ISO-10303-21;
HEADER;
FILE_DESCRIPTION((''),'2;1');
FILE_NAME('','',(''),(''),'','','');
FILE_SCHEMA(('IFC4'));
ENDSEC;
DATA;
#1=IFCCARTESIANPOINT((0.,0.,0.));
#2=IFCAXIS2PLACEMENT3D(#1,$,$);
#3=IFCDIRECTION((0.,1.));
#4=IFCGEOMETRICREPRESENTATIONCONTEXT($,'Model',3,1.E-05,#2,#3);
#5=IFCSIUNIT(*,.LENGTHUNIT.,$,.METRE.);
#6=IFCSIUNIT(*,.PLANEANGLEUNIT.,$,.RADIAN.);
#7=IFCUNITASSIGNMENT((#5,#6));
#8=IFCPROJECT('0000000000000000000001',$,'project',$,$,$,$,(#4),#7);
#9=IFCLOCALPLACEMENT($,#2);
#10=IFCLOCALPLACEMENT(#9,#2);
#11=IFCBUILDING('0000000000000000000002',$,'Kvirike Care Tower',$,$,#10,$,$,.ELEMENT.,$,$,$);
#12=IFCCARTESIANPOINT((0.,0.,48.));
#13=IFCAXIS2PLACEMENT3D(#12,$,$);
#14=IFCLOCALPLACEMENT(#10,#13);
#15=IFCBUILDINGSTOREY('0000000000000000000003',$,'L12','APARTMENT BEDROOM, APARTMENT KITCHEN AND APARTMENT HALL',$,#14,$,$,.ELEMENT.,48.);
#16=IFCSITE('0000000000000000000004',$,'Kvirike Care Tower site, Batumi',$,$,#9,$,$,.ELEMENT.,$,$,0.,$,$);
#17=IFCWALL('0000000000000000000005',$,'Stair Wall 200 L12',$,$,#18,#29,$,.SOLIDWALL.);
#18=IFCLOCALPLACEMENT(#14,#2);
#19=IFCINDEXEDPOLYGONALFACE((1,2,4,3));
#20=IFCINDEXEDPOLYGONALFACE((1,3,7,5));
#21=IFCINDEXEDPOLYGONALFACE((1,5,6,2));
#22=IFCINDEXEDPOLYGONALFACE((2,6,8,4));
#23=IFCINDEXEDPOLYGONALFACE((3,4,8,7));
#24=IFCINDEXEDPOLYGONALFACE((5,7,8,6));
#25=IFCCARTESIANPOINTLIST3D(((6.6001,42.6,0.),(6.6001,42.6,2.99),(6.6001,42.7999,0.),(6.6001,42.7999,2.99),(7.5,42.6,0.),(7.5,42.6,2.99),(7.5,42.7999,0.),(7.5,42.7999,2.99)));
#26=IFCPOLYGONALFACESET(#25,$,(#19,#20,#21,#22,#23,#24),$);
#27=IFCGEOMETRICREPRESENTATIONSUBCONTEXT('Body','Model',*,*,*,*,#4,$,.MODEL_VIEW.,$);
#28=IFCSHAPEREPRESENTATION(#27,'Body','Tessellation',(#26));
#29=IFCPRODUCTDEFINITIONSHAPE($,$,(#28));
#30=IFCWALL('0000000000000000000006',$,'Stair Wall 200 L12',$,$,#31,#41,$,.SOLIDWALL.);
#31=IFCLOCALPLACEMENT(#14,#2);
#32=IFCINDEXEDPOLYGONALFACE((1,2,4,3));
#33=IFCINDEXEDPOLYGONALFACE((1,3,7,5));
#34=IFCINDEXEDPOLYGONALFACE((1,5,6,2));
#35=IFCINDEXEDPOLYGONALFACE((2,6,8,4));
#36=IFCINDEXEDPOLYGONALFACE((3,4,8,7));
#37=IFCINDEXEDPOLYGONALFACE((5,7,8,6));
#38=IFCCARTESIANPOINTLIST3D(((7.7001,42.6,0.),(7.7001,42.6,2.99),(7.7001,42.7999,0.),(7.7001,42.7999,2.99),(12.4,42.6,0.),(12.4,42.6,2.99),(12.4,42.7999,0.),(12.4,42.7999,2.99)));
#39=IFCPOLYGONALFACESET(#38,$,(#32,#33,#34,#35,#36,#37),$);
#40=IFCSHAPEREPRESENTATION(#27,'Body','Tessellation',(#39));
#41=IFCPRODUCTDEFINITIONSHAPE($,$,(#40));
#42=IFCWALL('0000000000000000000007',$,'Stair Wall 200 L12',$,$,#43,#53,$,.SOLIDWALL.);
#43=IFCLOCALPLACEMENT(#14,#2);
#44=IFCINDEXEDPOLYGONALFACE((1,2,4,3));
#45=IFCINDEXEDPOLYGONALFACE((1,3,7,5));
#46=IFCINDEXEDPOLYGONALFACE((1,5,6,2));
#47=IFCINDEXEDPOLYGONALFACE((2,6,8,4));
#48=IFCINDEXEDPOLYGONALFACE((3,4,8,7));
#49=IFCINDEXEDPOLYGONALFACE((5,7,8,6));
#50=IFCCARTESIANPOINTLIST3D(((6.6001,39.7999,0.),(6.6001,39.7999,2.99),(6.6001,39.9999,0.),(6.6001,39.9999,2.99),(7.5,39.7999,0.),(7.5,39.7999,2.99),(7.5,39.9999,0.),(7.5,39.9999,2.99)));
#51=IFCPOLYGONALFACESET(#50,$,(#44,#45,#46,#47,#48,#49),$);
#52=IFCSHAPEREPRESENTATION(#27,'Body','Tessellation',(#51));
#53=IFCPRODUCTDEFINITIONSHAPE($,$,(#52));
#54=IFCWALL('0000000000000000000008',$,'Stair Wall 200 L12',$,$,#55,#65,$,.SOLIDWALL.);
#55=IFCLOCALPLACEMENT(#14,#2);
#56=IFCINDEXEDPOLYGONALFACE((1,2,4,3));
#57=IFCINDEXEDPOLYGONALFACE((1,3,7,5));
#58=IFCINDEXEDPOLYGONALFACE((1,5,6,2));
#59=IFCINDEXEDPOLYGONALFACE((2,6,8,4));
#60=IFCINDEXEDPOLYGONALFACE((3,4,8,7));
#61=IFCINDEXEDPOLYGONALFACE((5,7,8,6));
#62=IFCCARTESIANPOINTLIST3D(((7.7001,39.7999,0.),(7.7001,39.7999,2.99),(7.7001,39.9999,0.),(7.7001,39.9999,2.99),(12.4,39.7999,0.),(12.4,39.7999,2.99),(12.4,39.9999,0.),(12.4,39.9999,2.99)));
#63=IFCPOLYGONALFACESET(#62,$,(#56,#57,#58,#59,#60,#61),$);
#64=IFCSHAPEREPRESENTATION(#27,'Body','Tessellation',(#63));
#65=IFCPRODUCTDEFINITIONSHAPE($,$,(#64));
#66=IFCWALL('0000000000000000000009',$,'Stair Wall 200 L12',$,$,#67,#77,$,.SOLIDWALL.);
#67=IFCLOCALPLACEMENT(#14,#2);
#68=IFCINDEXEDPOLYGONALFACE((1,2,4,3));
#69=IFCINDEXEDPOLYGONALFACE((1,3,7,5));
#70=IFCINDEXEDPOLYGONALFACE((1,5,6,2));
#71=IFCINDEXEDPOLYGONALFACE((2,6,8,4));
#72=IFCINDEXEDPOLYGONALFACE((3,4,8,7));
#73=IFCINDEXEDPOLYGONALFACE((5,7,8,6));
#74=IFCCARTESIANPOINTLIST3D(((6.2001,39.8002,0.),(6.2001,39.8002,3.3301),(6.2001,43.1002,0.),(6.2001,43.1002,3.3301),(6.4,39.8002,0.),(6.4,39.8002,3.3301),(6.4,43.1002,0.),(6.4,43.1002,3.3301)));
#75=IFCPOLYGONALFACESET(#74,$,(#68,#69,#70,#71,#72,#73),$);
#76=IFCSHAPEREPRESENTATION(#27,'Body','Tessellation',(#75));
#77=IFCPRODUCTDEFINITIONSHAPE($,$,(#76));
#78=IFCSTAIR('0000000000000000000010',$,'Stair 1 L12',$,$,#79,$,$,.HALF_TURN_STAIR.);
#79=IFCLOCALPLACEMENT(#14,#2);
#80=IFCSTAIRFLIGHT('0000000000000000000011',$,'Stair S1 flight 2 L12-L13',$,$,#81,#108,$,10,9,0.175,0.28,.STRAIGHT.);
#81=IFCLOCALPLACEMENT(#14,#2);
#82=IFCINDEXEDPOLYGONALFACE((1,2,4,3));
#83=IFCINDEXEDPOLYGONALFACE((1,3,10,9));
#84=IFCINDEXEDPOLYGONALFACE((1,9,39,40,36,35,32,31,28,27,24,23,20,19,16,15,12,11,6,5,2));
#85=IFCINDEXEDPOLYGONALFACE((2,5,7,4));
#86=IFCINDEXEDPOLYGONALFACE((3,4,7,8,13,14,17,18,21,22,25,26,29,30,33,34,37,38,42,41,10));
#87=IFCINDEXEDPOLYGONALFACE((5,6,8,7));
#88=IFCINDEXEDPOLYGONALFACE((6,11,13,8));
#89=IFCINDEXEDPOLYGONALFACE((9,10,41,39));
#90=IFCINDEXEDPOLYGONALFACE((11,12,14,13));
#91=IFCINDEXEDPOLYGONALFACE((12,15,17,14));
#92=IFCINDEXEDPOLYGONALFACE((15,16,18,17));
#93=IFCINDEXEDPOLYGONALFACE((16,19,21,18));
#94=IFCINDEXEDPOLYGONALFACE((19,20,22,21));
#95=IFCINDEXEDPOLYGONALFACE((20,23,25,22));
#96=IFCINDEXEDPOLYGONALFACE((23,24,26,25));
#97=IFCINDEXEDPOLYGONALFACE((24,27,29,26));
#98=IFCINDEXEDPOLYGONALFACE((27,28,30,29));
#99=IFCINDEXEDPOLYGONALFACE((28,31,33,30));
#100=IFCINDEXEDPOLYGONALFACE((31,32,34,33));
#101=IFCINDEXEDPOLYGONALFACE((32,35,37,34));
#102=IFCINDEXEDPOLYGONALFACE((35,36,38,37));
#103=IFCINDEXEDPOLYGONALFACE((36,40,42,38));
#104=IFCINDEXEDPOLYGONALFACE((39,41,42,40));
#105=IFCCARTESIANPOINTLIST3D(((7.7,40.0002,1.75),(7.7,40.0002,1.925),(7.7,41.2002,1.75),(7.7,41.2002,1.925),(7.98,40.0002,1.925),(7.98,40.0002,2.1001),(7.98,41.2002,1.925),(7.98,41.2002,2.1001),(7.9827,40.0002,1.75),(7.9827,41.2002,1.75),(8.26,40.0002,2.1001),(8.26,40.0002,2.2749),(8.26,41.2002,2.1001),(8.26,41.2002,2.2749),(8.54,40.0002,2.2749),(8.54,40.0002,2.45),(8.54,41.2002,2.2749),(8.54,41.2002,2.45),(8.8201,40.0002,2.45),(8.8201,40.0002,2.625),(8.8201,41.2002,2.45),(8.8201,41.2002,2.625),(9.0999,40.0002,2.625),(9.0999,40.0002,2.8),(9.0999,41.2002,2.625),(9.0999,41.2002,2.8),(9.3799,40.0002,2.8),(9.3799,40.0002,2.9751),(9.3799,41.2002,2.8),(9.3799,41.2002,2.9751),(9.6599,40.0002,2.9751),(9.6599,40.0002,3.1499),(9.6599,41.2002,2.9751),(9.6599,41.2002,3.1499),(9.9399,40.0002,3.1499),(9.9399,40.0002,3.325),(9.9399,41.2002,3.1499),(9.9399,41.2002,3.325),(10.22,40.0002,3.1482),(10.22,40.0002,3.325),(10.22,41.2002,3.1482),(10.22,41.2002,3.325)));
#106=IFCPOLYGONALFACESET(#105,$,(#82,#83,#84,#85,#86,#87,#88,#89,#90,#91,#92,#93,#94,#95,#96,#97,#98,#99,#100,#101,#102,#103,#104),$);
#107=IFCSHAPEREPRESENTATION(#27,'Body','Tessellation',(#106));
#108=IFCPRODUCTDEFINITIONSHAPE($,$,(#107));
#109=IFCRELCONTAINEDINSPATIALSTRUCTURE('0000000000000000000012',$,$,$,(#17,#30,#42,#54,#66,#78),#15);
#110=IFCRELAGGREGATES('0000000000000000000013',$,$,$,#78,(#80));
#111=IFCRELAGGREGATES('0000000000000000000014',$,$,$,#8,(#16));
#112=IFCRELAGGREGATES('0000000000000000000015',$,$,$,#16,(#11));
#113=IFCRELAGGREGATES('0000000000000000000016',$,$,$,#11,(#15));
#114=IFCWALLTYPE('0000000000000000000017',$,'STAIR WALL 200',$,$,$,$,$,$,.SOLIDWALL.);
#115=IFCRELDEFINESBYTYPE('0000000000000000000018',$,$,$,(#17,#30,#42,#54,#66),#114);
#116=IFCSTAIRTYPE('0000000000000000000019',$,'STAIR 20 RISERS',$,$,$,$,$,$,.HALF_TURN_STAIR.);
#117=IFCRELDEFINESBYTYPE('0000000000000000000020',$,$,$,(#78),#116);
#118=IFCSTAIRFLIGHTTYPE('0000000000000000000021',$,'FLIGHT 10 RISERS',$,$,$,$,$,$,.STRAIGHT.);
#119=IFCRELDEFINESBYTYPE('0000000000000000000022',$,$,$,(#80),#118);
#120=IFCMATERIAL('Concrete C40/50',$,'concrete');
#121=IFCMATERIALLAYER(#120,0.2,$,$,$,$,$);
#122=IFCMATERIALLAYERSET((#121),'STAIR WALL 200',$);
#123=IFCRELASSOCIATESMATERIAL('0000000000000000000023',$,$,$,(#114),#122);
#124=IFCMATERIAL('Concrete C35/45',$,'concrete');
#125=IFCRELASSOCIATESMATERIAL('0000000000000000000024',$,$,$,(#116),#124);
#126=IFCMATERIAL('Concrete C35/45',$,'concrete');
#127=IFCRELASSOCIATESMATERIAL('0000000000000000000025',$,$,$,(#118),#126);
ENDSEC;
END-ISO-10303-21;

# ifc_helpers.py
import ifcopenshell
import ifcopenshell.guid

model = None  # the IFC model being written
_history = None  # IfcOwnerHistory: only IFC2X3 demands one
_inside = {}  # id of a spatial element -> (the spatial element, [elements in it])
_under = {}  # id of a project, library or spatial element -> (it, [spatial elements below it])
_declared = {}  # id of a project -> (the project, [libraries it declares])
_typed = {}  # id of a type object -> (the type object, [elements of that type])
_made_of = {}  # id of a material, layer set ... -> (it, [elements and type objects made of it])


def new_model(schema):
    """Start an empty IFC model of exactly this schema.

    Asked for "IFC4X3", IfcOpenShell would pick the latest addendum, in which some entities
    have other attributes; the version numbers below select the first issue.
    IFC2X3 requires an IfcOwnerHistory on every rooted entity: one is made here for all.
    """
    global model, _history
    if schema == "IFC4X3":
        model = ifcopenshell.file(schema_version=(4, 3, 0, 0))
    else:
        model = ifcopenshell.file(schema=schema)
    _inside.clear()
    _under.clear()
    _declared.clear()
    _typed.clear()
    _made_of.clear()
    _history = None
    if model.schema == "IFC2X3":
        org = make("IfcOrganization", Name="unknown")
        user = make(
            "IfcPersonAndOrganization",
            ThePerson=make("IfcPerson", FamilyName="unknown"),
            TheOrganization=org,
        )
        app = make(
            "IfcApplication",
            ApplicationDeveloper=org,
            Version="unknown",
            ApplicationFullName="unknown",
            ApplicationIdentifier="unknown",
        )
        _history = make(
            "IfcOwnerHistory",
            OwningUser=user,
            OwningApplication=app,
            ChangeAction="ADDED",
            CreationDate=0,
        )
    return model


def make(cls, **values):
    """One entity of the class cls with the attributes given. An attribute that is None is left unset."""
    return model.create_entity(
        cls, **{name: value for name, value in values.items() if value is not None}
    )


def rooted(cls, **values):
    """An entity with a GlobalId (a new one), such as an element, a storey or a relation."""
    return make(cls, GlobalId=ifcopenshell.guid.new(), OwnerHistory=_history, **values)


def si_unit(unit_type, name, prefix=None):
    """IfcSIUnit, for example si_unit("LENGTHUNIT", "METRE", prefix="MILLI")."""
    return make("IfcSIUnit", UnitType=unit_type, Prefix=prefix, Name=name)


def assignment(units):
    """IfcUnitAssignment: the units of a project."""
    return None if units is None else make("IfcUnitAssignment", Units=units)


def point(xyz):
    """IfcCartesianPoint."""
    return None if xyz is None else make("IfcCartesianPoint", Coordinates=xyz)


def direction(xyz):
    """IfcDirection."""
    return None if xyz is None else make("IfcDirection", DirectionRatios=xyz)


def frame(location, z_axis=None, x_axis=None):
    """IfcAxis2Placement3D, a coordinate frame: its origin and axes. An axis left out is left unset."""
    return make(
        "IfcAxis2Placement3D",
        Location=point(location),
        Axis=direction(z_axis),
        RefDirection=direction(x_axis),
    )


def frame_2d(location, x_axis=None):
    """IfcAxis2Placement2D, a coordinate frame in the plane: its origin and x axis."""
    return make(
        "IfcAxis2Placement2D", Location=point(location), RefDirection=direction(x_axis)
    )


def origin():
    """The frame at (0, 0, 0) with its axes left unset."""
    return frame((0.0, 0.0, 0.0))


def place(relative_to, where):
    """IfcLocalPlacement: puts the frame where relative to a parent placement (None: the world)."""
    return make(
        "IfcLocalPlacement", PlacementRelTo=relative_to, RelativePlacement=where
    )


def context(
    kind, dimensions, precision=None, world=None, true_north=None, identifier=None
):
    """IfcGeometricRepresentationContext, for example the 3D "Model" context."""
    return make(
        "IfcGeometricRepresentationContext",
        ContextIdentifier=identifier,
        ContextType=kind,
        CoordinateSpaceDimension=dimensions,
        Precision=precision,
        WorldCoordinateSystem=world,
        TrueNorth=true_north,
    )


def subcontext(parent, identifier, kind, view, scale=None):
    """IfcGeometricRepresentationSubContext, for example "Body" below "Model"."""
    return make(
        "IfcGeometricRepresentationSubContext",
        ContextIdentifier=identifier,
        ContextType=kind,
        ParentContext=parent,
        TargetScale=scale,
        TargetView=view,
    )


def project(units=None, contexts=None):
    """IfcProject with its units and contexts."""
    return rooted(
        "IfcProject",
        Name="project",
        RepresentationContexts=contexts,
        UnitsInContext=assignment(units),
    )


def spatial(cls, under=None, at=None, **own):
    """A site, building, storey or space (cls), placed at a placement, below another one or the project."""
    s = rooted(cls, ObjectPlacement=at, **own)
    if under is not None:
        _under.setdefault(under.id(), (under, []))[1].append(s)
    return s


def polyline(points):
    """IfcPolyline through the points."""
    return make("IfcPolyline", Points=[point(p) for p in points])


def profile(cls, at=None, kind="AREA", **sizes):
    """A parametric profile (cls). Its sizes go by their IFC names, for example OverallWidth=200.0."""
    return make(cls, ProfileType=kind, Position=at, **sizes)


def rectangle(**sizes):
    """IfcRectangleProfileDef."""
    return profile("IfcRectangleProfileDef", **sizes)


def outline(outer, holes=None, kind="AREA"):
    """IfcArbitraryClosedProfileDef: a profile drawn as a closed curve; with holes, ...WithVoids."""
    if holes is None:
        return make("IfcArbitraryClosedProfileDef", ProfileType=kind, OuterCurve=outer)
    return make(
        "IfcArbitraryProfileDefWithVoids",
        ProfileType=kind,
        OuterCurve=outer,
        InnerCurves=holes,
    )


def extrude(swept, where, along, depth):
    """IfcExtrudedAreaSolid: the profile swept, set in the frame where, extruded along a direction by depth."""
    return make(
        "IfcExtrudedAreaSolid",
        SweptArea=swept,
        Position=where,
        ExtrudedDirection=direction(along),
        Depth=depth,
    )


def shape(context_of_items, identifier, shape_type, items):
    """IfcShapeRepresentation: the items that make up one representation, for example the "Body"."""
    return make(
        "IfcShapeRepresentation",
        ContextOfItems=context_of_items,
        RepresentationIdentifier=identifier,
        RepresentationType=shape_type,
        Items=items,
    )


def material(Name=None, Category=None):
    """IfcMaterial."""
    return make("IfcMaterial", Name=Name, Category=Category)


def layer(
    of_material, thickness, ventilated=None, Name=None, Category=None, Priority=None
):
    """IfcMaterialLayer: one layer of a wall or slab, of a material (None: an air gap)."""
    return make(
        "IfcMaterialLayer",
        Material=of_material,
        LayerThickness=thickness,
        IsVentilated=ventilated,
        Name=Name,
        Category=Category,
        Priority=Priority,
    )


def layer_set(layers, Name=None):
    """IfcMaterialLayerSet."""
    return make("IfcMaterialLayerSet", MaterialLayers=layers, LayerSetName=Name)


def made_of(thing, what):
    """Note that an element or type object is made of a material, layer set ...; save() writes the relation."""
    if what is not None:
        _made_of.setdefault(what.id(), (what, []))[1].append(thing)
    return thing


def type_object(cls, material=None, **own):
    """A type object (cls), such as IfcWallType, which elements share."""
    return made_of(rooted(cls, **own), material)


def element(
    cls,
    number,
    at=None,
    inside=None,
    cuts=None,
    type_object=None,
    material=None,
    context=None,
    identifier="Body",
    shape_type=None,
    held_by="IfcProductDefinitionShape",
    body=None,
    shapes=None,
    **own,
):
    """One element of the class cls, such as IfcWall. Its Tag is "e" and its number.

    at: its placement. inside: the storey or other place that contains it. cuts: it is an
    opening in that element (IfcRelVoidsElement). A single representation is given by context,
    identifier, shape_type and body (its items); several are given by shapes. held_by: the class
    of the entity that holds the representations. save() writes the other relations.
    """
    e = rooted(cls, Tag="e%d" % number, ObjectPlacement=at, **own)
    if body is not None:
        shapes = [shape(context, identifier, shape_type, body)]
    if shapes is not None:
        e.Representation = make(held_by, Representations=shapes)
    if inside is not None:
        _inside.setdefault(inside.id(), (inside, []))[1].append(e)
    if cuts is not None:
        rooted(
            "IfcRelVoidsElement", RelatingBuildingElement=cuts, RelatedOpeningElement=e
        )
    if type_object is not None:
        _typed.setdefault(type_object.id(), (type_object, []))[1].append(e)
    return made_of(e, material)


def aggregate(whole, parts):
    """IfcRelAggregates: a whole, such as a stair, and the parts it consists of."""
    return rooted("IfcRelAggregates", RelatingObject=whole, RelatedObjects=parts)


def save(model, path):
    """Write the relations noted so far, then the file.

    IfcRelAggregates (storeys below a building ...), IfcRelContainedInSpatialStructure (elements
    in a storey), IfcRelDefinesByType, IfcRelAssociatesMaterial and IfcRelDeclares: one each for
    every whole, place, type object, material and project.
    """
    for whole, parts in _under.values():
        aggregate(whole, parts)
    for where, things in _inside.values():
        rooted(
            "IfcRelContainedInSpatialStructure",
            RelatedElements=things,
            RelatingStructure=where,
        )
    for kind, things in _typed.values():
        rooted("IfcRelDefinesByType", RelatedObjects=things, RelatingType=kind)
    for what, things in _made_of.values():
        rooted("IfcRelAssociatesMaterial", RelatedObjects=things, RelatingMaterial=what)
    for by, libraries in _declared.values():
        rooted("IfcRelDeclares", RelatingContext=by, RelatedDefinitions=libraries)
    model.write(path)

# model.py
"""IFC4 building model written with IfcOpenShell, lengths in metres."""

from ifc_helpers import new_model, si_unit, direction, frame, frame_2d, origin, place, context, subcontext, project, spatial, polyline, rectangle, outline, extrude, material, layer, layer_set, type_object, element, aggregate, save


model = new_model("IFC4")

# Units and contexts
model_context = context("Model", 3, precision=1e-05, world=origin(), true_north=direction((0.0, 1.0)))
body_context = subcontext(model_context, "Body", "Model", "MODEL_VIEW")
ifc_project = project(units=[si_unit("LENGTHUNIT", "METRE"), si_unit("PLANEANGLEUNIT", "RADIAN")], contexts=[model_context])

# Site, building, storey
site_placement = place(None, origin())
site = spatial("IfcSite", under=ifc_project, at=site_placement, Name="Kvirike Care Tower site, Batumi", CompositionType="ELEMENT", RefElevation=0.0)
building_placement = place(site_placement, origin())
building = spatial("IfcBuilding", under=site, at=building_placement, Name="Kvirike Care Tower", CompositionType="ELEMENT")
storey_placement = place(building_placement, frame((0.0, 0.0, 48.0)))
storey = spatial("IfcBuildingStorey", under=building, at=storey_placement, Name="L12", Description="APARTMENT BEDROOM, APARTMENT KITCHEN AND APARTMENT HALL", CompositionType="ELEMENT", Elevation=48.0)

# Walls
ifc_material_1 = material(Name="Concrete C40/50", Category="concrete")
ifc_layer_1 = layer(ifc_material_1, 0.2)
ifc_layer_set_1 = layer_set([ifc_layer_1], Name="STAIR WALL 200")
wall_type_1 = type_object("IfcWallType", Name="STAIR WALL 200", PredefinedType="SOLIDWALL", material=ifc_layer_set_1)
wall_1_placement = place(storey_placement, frame((6.6001, 42.7, 0.0), z_axis=(0.0, 0.0, 1.0), x_axis=(1.0, 0.0, 0.0)))
element("IfcWall", 1, at=wall_1_placement, inside=storey, type_object=wall_type_1, Name="Stair Wall 200 L12", PredefinedType="SOLIDWALL", context=body_context, shape_type="SweptSolid", body=[
    extrude(rectangle(XDim=0.8999, YDim=0.2, at=frame_2d((0.45, 0.0))), origin(), (0.0, 0.0, 1.0), 2.99),
])
wall_2_placement = place(storey_placement, frame((7.7, 42.7, 0.0), z_axis=(0.0, 0.0, 1.0), x_axis=(1.0, 0.0, 0.0)))
element("IfcWall", 2, at=wall_2_placement, inside=storey, type_object=wall_type_1, Name="Stair Wall 200 L12", PredefinedType="SOLIDWALL", context=body_context, shape_type="SweptSolid", body=[
    extrude(rectangle(XDim=4.7, YDim=0.2, at=frame_2d((2.3501, 0.0))), origin(), (0.0, 0.0, 1.0), 2.99),
])
wall_3_placement = place(storey_placement, frame((6.6001, 39.8999, 0.0), z_axis=(0.0, 0.0, 1.0), x_axis=(1.0, 0.0, 0.0)))
element("IfcWall", 3, at=wall_3_placement, inside=storey, type_object=wall_type_1, Name="Stair Wall 200 L12", PredefinedType="SOLIDWALL", context=body_context, shape_type="SweptSolid", body=[
    extrude(rectangle(XDim=0.8999, YDim=0.2, at=frame_2d((0.45, 0.0))), origin(), (0.0, 0.0, 1.0), 2.99),
])
wall_4_placement = place(storey_placement, frame((7.7, 39.8999, 0.0), z_axis=(0.0, 0.0, 1.0), x_axis=(1.0, 0.0, 0.0)))
element("IfcWall", 4, at=wall_4_placement, inside=storey, type_object=wall_type_1, Name="Stair Wall 200 L12", PredefinedType="SOLIDWALL", context=body_context, shape_type="SweptSolid", body=[
    extrude(rectangle(XDim=4.7, YDim=0.2, at=frame_2d((2.3501, 0.0))), origin(), (0.0, 0.0, 1.0), 2.99),
])
wall_5_placement = place(storey_placement, frame((6.3, 43.1001, 0.0), z_axis=(0.0, 0.0, 1.0), x_axis=(0.0, -1.0, 0.0)))
element("IfcWall", 5, at=wall_5_placement, inside=storey, type_object=wall_type_1, Name="Stair Wall 200 L12", PredefinedType="SOLIDWALL", context=body_context, shape_type="SweptSolid", body=[
    extrude(rectangle(XDim=3.3, YDim=0.2, at=frame_2d((1.6499, 0.0))), origin(), (0.0, 0.0, 1.0), 3.3301),
])

# Stair, stair flight
ifc_material_2 = material(Name="Concrete C35/45", Category="concrete")
stair_type = type_object("IfcStairType", Name="STAIR 20 RISERS", PredefinedType="HALF_TURN_STAIR", material=ifc_material_2)
stair_placement = place(storey_placement, origin())
stair = element("IfcStair", 6, at=stair_placement, inside=storey, type_object=stair_type, Name="Stair 1 L12", PredefinedType="HALF_TURN_STAIR")
ifc_material_3 = material(Name="Concrete C35/45", Category="concrete")
stair_flight_type = type_object("IfcStairFlightType", Name="FLIGHT 10 RISERS", PredefinedType="STRAIGHT", material=ifc_material_3)
stair_flight_placement = place(storey_placement, frame((7.7, 40.6001, 1.75), z_axis=(0.0, 0.0, 1.0), x_axis=(1.0, 0.0, 0.0)))
stair_flight = element("IfcStairFlight", 7, at=stair_flight_placement, type_object=stair_flight_type, Name="Stair S1 flight 2 L12-L13", NumberOfRisers=10, NumberOfTreads=9, PredefinedType="STRAIGHT", RiserHeight=0.175, TreadLength=0.28, context=body_context, shape_type="SweptSolid", body=[
    extrude(outline(polyline([(0.0, 0.0), (0.0, 0.175), (0.28, 0.175), (0.28, 0.3501), (0.5601, 0.3501), (0.5601, 0.5249), (0.8401, 0.5249), (0.8401, 0.7), (1.1201, 0.7), (1.1201, 0.875), (1.3999, 0.875), (1.3999, 1.05), (1.6799, 1.05), (1.6799, 1.2251), (1.96, 1.2251), (1.96, 1.3999), (2.24, 1.3999), (2.24, 1.575), (2.52, 1.575), (2.52, 1.75), (2.52, 1.3982), (0.2827, 0.0), (0.0, 0.0)])), frame((0.0, 0.6001, 0.0), z_axis=(0.0, -1.0, 0.0), x_axis=(1.0, 0.0, 0.0)), (0.0, 0.0, 1.0), 1.2),
])
aggregate(stair, [stair_flight])

save(model, "model.ifc")
